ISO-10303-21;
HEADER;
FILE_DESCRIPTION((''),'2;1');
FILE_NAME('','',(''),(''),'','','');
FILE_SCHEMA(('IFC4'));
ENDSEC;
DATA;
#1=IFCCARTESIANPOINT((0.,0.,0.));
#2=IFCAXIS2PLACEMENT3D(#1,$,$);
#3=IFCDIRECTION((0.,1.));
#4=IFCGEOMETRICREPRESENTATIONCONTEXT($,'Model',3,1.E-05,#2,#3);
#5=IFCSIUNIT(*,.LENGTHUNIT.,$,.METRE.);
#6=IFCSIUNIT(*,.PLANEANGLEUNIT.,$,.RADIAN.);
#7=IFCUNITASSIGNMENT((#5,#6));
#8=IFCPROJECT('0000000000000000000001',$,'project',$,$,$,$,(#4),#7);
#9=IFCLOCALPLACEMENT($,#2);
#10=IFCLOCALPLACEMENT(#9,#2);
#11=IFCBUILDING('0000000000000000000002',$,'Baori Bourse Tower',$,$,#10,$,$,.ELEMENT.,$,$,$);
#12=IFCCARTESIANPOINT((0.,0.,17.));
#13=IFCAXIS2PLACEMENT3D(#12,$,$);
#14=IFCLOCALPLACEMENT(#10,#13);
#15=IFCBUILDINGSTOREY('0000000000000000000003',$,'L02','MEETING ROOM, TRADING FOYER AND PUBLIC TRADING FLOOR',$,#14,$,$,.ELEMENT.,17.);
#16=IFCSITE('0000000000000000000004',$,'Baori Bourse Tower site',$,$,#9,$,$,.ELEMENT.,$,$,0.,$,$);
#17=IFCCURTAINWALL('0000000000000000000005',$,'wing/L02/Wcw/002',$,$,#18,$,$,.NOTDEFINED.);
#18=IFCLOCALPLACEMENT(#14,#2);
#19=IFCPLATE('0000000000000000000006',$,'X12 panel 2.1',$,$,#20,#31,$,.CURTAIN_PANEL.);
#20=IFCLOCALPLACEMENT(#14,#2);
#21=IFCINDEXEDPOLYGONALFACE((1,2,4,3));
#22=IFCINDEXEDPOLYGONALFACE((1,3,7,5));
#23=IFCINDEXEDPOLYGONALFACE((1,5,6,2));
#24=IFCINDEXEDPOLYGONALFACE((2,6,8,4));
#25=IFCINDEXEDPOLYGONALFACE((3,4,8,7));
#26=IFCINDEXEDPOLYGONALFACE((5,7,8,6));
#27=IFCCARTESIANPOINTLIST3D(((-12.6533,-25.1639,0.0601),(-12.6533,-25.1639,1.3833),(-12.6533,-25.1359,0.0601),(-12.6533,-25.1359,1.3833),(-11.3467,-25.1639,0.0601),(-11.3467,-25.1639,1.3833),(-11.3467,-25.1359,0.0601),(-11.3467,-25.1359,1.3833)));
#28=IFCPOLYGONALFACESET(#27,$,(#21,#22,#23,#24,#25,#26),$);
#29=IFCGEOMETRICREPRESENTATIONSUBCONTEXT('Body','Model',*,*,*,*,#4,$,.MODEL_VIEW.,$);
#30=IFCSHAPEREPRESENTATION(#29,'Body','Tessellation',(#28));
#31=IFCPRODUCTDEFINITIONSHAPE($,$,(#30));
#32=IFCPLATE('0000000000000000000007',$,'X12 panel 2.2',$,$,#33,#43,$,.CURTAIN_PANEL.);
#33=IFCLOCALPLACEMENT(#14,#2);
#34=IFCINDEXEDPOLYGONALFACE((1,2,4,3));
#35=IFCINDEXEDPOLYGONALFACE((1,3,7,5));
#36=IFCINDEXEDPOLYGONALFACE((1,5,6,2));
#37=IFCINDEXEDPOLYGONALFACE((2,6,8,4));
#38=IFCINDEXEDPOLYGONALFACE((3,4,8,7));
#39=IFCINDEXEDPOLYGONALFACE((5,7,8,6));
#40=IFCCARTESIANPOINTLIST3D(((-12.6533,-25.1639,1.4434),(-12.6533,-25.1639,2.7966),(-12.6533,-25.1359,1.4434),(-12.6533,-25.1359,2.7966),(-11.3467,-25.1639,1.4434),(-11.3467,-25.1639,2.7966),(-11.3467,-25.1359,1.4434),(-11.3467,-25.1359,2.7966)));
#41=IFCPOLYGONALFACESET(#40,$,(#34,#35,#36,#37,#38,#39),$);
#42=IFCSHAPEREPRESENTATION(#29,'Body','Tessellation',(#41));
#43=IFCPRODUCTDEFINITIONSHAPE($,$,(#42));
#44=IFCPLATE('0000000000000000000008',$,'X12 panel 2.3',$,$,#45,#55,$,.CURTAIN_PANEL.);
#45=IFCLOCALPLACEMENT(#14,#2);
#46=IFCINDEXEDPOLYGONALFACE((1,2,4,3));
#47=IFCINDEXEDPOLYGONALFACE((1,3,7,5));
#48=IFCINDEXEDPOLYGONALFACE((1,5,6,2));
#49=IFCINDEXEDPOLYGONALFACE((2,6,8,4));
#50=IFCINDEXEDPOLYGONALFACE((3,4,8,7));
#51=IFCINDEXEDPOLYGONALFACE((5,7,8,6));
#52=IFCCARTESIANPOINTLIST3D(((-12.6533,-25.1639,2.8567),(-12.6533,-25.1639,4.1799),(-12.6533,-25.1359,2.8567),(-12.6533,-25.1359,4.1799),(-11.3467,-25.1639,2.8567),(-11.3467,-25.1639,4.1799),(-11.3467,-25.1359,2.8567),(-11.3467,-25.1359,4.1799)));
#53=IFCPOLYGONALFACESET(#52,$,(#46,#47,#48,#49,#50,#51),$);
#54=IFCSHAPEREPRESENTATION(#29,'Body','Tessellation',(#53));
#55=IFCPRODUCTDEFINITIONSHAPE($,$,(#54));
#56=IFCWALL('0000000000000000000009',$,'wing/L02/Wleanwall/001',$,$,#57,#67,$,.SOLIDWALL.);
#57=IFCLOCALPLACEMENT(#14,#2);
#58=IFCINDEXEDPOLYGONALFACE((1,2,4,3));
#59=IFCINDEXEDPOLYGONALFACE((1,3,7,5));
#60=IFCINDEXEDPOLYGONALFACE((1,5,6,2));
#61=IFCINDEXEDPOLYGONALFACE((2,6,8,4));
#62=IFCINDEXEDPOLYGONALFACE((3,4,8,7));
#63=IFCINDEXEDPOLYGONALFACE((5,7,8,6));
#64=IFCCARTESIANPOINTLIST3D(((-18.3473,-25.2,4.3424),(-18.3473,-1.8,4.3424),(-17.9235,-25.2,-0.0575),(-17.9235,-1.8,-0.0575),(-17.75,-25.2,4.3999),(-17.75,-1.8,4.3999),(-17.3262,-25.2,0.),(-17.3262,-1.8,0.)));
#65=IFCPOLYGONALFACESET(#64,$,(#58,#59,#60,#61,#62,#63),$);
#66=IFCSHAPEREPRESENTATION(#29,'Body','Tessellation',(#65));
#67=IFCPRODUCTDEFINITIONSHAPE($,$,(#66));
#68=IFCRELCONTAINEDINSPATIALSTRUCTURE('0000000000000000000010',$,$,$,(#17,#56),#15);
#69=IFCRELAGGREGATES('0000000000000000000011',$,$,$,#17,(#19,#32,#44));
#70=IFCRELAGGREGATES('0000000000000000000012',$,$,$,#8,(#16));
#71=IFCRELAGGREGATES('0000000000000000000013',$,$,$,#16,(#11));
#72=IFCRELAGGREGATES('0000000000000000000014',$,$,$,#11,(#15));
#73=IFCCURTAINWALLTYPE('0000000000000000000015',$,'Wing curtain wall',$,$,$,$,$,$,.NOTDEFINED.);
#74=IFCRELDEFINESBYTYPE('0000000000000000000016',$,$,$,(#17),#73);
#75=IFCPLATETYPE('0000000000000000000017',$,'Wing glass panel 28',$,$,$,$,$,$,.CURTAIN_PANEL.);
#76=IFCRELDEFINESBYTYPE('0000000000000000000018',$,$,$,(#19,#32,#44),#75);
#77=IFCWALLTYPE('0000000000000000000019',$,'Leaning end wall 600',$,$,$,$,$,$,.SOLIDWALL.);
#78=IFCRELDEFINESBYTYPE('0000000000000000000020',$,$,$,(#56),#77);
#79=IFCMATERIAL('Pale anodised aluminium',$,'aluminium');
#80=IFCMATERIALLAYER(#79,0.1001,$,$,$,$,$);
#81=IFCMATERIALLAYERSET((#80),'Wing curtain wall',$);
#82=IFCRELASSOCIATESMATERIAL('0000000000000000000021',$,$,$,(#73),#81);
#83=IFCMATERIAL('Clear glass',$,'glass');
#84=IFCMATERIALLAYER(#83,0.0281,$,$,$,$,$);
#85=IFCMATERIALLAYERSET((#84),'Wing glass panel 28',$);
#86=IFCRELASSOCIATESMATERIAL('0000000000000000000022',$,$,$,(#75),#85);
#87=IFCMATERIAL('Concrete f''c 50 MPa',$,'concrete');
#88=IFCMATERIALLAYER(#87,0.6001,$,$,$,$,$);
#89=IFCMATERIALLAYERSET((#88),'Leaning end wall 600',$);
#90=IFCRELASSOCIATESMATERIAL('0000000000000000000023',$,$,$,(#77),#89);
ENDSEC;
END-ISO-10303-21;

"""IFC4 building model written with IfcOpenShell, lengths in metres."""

from ifc_helpers import new_model, si_unit, direction, frame, origin, origin_2d, place, context, subcontext, project, spatial, polyline, rectangle, outline, extrude, material, layer, layer_set, type_object, element, aggregate, save


model = new_model("IFC4")

# Units and contexts
model_context = context("Model", 3, precision=1e-05, world=origin(), true_north=direction((0.0, 1.0)))
body_context = subcontext(model_context, "Body", "Model", "MODEL_VIEW")
ifc_project = project(units=[si_unit("LENGTHUNIT", "METRE"), si_unit("PLANEANGLEUNIT", "RADIAN")], contexts=[model_context])

# Site, building, storey
site_placement = place(None, origin())
site = spatial("IfcSite", under=ifc_project, at=site_placement, Name="Baori Bourse Tower site", CompositionType="ELEMENT", RefElevation=0.0)
building_placement = place(site_placement, origin())
building = spatial("IfcBuilding", under=site, at=building_placement, Name="Baori Bourse Tower", CompositionType="ELEMENT")
storey_placement = place(building_placement, frame((0.0, 0.0, 17.0)))
storey = spatial("IfcBuildingStorey", under=building, at=storey_placement, Name="L02", Description="MEETING ROOM, TRADING FOYER AND PUBLIC TRADING FLOOR", CompositionType="ELEMENT", Elevation=17.0)

# Curtain wall
ifc_material_1 = material(Name="Pale anodised aluminium", Category="aluminium")
ifc_layer_1 = layer(ifc_material_1, 0.1001)
ifc_layer_set_1 = layer_set([ifc_layer_1], Name="Wing curtain wall")
curtain_wall_type = type_object("IfcCurtainWallType", Name="Wing curtain wall", PredefinedType="NOTDEFINED", material=ifc_layer_set_1)
curtain_wall_1_placement = place(storey_placement, origin())
curtain_wall_1 = element("IfcCurtainWall", 1, at=curtain_wall_1_placement, inside=storey, type_object=curtain_wall_type, Name="wing/L02/Wcw/002", PredefinedType="NOTDEFINED")

# Plates
ifc_material_2 = material(Name="Clear glass", Category="glass")
ifc_layer_2 = layer(ifc_material_2, 0.0281)
ifc_layer_set_2 = layer_set([ifc_layer_2], Name="Wing glass panel 28")
plate_type = type_object("IfcPlateType", Name="Wing glass panel 28", PredefinedType="CURTAIN_PANEL", material=ifc_layer_set_2)
plate_1_placement = place(storey_placement, frame((-12.0, -25.1499, 0.0601), z_axis=(0.0, 0.0, 1.0), x_axis=(1.0, 0.0, 0.0)))
plate_1 = element("IfcPlate", 2, at=plate_1_placement, type_object=plate_type, Name="X12 panel 2.1", PredefinedType="CURTAIN_PANEL", context=body_context, shape_type="SweptSolid", body=[
    extrude(rectangle(XDim=1.3066, YDim=0.0281, at=origin_2d()), origin(), (0.0, 0.0, 1.0), 1.3232),
])
plate_2_placement = place(storey_placement, frame((-12.0, -25.1499, 1.4434), z_axis=(0.0, 0.0, 1.0), x_axis=(1.0, 0.0, 0.0)))
plate_2 = element("IfcPlate", 3, at=plate_2_placement, type_object=plate_type, Name="X12 panel 2.2", PredefinedType="CURTAIN_PANEL", context=body_context, shape_type="SweptSolid", body=[
    extrude(rectangle(XDim=1.3066, YDim=0.0281, at=origin_2d()), origin(), (0.0, 0.0, 1.0), 1.3533),
])
plate_3_placement = place(storey_placement, frame((-12.0, -25.1499, 2.8567), z_axis=(0.0, 0.0, 1.0), x_axis=(1.0, 0.0, 0.0)))
plate_3 = element("IfcPlate", 4, at=plate_3_placement, type_object=plate_type, Name="X12 panel 2.3", PredefinedType="CURTAIN_PANEL", context=body_context, shape_type="SweptSolid", body=[
    extrude(rectangle(XDim=1.3066, YDim=0.0281, at=origin_2d()), origin(), (0.0, 0.0, 1.0), 1.3232),
])
aggregate(curtain_wall_1, [plate_1, plate_2, plate_3])

# Wall
ifc_material_3 = material(Name="Concrete f'c 50 MPa", Category="concrete")
ifc_layer_3 = layer(ifc_material_3, 0.6001)
ifc_layer_set_3 = layer_set([ifc_layer_3], Name="Leaning end wall 600")
wall_type = type_object("IfcWallType", Name="Leaning end wall 600", PredefinedType="SOLIDWALL", material=ifc_layer_set_3)
wall_placement = place(storey_placement, frame((-17.3262, -25.2, 0.0), z_axis=(0.995393, 0.0, 0.095883), x_axis=(0.0, 1.0, 0.0)))
element("IfcWall", 5, at=wall_placement, inside=storey, type_object=wall_type, Name="wing/L02/Wleanwall/001", PredefinedType="SOLIDWALL", context=body_context, shape_type="SweptSolid", body=[
    extrude(outline(polyline([(0.0, 0.0), (23.3999, 0.0), (23.3999, 4.4203), (0.0, 4.4203), (0.0, 0.0)])), origin(), (0.0, 0.0, -1.0), 0.6001),
])

save(model, "model.ifc")
